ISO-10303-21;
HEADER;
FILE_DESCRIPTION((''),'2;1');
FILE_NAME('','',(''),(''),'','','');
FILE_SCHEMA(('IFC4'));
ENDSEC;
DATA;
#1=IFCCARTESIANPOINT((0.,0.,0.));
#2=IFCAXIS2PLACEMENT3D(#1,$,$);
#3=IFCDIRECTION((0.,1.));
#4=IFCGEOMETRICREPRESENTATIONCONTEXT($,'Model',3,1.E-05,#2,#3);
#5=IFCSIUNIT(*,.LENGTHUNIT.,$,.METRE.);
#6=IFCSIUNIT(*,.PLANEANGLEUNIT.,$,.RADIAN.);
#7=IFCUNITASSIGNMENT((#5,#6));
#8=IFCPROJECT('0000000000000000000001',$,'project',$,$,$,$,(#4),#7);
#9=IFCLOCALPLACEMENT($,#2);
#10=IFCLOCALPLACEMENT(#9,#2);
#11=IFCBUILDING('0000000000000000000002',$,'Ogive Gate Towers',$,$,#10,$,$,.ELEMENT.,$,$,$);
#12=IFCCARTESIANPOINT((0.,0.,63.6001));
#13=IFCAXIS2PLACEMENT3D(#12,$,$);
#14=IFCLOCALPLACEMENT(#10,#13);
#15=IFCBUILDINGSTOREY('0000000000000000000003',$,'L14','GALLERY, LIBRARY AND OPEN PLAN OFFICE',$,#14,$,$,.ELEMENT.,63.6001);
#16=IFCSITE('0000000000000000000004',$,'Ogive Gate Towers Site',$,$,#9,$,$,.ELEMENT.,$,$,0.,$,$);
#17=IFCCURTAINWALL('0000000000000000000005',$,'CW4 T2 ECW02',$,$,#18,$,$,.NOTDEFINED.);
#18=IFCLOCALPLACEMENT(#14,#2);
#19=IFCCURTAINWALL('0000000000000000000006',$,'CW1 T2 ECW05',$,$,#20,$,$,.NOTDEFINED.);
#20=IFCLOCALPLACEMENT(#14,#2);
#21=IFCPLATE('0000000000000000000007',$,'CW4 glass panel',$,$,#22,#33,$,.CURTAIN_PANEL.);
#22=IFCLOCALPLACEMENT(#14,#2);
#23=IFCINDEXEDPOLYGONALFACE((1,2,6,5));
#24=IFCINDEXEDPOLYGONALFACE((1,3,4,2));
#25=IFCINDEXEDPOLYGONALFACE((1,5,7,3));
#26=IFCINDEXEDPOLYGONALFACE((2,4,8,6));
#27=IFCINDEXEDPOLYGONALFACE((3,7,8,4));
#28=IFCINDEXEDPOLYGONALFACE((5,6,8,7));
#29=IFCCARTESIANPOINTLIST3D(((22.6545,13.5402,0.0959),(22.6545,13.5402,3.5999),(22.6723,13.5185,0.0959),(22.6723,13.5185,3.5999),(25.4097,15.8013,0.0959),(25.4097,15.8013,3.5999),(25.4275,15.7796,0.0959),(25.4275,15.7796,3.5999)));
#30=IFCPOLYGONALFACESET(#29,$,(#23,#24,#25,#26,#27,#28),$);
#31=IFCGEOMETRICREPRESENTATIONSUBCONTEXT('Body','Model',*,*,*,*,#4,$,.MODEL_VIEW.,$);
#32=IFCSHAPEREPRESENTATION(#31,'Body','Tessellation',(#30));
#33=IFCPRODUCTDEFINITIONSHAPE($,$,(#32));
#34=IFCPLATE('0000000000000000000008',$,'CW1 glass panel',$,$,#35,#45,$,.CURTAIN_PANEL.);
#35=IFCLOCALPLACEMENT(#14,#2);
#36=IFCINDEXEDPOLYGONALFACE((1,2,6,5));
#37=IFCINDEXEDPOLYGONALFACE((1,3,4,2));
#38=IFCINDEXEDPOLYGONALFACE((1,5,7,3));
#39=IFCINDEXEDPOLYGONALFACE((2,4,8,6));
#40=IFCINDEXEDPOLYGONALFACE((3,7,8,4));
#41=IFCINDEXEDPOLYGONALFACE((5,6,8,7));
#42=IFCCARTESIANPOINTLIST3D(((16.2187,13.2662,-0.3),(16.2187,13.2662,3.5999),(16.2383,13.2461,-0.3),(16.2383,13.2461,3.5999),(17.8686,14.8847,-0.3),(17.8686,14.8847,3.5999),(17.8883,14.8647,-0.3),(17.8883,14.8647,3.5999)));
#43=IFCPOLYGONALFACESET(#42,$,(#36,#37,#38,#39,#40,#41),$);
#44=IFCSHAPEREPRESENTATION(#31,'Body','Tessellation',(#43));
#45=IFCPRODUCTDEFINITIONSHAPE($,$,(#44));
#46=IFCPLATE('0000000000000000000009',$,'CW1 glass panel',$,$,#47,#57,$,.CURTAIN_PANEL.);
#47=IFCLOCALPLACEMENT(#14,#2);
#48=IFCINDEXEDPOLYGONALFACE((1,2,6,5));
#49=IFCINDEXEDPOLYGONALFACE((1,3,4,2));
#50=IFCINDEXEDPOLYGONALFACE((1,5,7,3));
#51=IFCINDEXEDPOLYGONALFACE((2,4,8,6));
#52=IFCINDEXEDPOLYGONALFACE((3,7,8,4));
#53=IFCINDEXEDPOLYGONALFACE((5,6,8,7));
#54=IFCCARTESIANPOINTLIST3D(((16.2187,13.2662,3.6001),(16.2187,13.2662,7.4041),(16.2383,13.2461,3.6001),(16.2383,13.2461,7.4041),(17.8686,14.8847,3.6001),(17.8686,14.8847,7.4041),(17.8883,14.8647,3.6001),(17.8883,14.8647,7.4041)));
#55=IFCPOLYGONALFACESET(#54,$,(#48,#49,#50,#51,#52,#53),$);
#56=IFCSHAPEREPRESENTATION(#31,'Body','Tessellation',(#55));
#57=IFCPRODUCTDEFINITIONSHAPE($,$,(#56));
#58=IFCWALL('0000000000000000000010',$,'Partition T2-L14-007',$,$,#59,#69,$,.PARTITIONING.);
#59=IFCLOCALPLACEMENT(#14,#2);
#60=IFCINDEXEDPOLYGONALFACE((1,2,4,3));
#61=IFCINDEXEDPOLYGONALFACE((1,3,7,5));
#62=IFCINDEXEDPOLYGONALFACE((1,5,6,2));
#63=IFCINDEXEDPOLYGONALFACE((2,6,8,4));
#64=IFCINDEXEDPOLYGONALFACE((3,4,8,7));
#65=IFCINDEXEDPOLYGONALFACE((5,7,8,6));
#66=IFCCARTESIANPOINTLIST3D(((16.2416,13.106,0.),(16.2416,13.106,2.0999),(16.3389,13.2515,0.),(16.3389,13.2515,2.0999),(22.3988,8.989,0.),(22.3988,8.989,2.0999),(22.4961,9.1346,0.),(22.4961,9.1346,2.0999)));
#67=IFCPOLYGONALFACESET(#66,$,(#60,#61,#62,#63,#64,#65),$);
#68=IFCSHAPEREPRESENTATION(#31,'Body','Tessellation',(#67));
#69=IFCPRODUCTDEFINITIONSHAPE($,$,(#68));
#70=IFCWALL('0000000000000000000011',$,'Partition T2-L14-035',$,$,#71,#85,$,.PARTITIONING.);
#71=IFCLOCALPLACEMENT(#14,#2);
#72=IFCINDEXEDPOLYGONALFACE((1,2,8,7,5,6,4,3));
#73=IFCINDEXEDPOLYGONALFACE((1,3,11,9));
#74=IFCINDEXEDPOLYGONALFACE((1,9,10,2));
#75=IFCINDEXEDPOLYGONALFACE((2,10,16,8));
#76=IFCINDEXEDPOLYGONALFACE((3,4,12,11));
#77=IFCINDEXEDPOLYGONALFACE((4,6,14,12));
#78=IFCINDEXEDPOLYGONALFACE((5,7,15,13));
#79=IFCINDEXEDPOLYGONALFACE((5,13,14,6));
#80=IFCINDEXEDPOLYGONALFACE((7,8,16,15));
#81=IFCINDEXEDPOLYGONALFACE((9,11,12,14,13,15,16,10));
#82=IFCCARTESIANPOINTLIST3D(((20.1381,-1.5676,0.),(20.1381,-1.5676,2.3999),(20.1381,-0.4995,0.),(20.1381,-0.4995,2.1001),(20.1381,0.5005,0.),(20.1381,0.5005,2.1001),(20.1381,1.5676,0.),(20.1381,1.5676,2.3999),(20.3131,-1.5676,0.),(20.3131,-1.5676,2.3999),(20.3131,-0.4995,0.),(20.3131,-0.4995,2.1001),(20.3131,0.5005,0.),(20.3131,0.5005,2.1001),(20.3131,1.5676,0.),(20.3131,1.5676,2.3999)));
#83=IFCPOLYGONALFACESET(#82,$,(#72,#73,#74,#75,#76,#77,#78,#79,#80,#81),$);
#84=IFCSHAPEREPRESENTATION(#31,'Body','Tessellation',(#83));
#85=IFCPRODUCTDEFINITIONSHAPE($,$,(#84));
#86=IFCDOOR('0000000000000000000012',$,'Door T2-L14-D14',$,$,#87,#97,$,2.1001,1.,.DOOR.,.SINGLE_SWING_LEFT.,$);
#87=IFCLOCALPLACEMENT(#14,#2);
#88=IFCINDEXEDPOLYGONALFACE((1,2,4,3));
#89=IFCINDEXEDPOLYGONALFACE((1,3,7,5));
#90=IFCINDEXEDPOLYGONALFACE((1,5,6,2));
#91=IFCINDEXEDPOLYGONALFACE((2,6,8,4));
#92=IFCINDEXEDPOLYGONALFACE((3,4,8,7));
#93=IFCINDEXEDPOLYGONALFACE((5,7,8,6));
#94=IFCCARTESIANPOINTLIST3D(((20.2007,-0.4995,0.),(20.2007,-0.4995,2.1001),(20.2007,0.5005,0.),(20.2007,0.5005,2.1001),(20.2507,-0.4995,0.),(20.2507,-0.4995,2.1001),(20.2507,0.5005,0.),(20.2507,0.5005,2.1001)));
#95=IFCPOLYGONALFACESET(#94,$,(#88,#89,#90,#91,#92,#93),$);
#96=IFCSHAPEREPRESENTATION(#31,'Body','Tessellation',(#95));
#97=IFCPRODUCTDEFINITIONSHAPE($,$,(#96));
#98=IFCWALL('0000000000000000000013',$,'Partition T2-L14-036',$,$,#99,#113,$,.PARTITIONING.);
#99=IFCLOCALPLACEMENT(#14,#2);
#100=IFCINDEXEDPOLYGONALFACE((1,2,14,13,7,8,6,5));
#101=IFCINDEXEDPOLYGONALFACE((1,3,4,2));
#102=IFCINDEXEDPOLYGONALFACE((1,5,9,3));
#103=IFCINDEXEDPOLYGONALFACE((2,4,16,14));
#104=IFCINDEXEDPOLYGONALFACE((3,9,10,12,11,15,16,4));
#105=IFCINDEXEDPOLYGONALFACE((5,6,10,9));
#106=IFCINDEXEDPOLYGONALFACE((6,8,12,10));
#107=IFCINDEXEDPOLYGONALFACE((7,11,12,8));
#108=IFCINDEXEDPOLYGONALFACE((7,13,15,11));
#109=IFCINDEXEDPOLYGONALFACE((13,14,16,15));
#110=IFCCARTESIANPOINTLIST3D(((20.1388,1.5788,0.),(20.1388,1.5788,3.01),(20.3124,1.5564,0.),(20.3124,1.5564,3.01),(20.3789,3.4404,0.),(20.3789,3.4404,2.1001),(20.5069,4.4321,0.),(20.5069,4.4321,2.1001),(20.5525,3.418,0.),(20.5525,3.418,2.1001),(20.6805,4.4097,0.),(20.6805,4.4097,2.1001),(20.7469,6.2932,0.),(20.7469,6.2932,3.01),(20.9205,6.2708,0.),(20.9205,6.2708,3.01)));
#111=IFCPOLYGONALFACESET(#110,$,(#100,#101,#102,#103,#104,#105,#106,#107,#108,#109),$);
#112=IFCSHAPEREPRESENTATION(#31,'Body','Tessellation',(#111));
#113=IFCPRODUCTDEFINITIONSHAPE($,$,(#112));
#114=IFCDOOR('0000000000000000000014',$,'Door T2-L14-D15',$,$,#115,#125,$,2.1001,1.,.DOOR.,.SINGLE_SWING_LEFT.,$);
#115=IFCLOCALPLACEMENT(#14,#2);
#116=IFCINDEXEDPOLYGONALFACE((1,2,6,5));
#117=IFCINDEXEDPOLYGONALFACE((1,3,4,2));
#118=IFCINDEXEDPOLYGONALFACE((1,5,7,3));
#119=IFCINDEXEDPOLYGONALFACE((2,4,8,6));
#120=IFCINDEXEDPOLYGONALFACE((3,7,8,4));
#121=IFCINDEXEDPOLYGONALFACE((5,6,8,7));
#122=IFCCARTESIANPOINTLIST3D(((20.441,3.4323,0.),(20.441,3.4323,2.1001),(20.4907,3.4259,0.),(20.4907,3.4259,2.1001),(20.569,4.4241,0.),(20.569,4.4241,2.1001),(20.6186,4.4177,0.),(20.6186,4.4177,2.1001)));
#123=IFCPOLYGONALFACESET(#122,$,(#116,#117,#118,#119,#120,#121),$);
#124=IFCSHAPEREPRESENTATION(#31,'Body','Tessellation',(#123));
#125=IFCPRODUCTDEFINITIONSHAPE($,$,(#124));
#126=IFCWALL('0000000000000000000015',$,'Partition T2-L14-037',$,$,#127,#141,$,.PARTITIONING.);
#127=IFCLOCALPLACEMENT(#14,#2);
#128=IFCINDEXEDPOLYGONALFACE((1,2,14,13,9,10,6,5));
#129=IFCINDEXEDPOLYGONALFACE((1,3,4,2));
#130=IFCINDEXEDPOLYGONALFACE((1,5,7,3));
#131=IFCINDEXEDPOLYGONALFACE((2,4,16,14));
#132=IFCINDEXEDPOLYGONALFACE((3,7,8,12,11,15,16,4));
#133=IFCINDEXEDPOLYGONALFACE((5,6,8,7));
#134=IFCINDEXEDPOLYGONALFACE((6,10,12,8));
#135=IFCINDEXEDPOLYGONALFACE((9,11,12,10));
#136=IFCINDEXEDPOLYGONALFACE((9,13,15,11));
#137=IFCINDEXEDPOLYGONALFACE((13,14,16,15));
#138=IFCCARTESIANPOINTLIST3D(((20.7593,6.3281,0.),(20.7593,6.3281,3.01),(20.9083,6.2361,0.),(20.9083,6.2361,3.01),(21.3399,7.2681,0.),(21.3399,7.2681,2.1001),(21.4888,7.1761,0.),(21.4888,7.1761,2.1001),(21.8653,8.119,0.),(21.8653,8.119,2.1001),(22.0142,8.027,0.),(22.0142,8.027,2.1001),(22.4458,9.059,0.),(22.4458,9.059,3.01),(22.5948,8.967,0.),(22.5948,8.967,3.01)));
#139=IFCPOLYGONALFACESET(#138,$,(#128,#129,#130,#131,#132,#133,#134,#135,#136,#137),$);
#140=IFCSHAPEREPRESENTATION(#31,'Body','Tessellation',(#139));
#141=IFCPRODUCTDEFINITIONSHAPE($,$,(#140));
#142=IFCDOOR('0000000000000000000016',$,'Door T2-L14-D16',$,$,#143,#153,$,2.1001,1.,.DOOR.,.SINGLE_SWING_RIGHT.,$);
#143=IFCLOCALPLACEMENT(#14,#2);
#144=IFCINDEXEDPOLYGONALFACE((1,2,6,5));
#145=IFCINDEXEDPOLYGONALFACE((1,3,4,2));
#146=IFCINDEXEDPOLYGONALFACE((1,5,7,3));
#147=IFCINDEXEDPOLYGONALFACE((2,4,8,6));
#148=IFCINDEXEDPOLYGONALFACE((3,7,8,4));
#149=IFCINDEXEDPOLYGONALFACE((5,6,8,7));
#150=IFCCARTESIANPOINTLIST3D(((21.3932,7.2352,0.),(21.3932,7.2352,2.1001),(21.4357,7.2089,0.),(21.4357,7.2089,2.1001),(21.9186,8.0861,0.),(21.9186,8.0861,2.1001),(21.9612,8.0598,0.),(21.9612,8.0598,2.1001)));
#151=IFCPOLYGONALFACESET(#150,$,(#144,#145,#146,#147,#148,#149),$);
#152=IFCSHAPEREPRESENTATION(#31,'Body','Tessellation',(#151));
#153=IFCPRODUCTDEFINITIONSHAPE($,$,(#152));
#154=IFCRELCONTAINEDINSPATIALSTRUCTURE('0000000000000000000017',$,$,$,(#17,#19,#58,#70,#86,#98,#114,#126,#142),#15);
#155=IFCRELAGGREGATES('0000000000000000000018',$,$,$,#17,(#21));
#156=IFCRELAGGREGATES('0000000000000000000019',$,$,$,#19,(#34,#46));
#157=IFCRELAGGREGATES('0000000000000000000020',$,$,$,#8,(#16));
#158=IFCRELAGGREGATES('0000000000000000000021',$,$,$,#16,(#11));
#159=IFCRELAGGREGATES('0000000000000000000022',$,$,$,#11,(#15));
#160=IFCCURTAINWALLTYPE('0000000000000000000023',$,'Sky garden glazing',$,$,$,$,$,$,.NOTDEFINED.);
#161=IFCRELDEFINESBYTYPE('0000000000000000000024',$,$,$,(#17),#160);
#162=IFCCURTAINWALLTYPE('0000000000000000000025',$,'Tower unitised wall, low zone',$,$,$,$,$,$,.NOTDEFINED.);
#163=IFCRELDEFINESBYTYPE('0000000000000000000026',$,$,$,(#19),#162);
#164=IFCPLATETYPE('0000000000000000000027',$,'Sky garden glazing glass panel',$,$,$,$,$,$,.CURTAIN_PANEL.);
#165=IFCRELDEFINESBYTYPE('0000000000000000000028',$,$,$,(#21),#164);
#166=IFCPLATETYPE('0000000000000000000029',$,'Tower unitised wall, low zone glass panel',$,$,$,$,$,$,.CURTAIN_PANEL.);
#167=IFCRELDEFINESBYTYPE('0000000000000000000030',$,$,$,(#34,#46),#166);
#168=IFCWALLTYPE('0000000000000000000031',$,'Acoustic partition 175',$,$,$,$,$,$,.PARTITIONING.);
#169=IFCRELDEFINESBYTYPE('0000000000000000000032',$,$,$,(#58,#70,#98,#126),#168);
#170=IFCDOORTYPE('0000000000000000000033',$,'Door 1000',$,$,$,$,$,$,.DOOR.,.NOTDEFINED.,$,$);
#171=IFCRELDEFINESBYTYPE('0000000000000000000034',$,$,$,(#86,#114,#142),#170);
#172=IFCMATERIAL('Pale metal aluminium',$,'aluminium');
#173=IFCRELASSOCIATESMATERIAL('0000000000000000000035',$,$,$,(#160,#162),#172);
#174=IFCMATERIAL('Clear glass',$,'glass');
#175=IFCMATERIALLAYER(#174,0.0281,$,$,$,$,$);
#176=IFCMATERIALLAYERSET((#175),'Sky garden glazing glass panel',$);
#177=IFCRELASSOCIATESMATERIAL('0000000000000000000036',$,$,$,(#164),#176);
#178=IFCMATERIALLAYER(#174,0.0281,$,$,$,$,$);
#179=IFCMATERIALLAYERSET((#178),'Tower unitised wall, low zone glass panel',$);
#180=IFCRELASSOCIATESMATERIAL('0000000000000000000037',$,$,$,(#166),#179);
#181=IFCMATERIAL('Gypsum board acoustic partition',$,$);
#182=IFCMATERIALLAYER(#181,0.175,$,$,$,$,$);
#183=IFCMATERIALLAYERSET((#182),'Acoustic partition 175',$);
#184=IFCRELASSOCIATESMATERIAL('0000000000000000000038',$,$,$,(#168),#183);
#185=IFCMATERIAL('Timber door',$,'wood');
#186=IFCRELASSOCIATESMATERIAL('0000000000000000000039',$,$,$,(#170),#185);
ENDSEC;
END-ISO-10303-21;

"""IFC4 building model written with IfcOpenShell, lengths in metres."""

from ifc_helpers import new_model, si_unit, direction, frame, frame_2d, origin, origin_2d, place, context, subcontext, project, spatial, rectangle, extrude, material, layer, layer_set, type_object, element, fill, aggregate, save


model = new_model("IFC4")

# Units and contexts
model_context = context("Model", 3, precision=1e-05, world=origin(), true_north=direction((0.0, 1.0)))
body_context = subcontext(model_context, "Body", "Model", "MODEL_VIEW")
ifc_project = project(units=[si_unit("LENGTHUNIT", "METRE"), si_unit("PLANEANGLEUNIT", "RADIAN")], contexts=[model_context])

# Site, building, storey
site_placement = place(None, origin())
site = spatial("IfcSite", under=ifc_project, at=site_placement, Name="Ogive Gate Towers Site", CompositionType="ELEMENT", RefElevation=0.0)
building_placement = place(site_placement, origin())
building = spatial("IfcBuilding", under=site, at=building_placement, Name="Ogive Gate Towers", CompositionType="ELEMENT")
storey_placement = place(building_placement, frame((0.0, 0.0, 63.6001)))
storey = spatial("IfcBuildingStorey", under=building, at=storey_placement, Name="L14", Description="GALLERY, LIBRARY AND OPEN PLAN OFFICE", CompositionType="ELEMENT", Elevation=63.6001)

# Curtain walls
ifc_material_1 = material(Name="Pale metal aluminium", Category="aluminium")
curtain_wall_type_1 = type_object("IfcCurtainWallType", Name="Sky garden glazing", PredefinedType="NOTDEFINED", material=ifc_material_1)
curtain_wall_1_placement = place(storey_placement, origin())
curtain_wall_1 = element("IfcCurtainWall", 1, at=curtain_wall_1_placement, inside=storey, type_object=curtain_wall_type_1, Name="CW4 T2 ECW02", PredefinedType="NOTDEFINED")
curtain_wall_type_2 = type_object("IfcCurtainWallType", Name="Tower unitised wall, low zone", PredefinedType="NOTDEFINED", material=ifc_material_1)
curtain_wall_2_placement = place(storey_placement, origin())
curtain_wall_2 = element("IfcCurtainWall", 2, at=curtain_wall_2_placement, inside=storey, type_object=curtain_wall_type_2, Name="CW1 T2 ECW05", PredefinedType="NOTDEFINED")

# Plates
ifc_material_2 = material(Name="Clear glass", Category="glass")
ifc_layer_1 = layer(ifc_material_2, 0.0281)
ifc_layer_set_1 = layer_set([ifc_layer_1], Name="Sky garden glazing glass panel")
plate_type_1 = type_object("IfcPlateType", Name="Sky garden glazing glass panel", PredefinedType="CURTAIN_PANEL", material=ifc_layer_set_1)
plate_1_placement = place(storey_placement, frame((24.041, 14.6599, 0.0959), z_axis=(0.0, 0.0, 1.0), x_axis=(0.773022, 0.63438, 0.0)))
plate_1 = element("IfcPlate", 3, at=plate_1_placement, type_object=plate_type_1, Name="CW4 glass panel", PredefinedType="CURTAIN_PANEL", context=body_context, shape_type="SweptSolid", body=[
    extrude(rectangle(XDim=3.5642, YDim=0.0281, at=origin_2d()), origin(), (0.0, 0.0, 1.0), 3.5039),
])
aggregate(curtain_wall_1, [plate_1])
ifc_layer_2 = layer(ifc_material_2, 0.0281)
ifc_layer_set_2 = layer_set([ifc_layer_2], Name="Tower unitised wall, low zone glass panel")
plate_type_2 = type_object("IfcPlateType", Name="Tower unitised wall, low zone glass panel", PredefinedType="CURTAIN_PANEL", material=ifc_layer_set_2)
plate_2_placement = place(storey_placement, frame((17.0535, 14.0654, -0.3), z_axis=(0.0, 0.0, 1.0), x_axis=(0.713874, 0.700274, 0.0)))
plate_2 = element("IfcPlate", 4, at=plate_2_placement, type_object=plate_type_2, Name="CW1 glass panel", PredefinedType="CURTAIN_PANEL", context=body_context, shape_type="SweptSolid", body=[
    extrude(rectangle(XDim=2.3113, YDim=0.0281, at=origin_2d()), origin(), (0.0, 0.0, 1.0), 3.8999),
])
plate_3_placement = place(storey_placement, frame((17.0535, 14.0654, 3.6001), z_axis=(0.0, 0.0, 1.0), x_axis=(0.713874, 0.700274, 0.0)))
plate_3 = element("IfcPlate", 5, at=plate_3_placement, type_object=plate_type_2, Name="CW1 glass panel", PredefinedType="CURTAIN_PANEL", context=body_context, shape_type="SweptSolid", body=[
    extrude(rectangle(XDim=2.3113, YDim=0.0281, at=origin_2d()), origin(), (0.0, 0.0, 1.0), 3.804),
])
aggregate(curtain_wall_2, [plate_2, plate_3])

# Wall
ifc_material_3 = material(Name="Gypsum board acoustic partition")
ifc_layer_3 = layer(ifc_material_3, 0.175)
ifc_layer_set_3 = layer_set([ifc_layer_3], Name="Acoustic partition 175")
wall_type_1 = type_object("IfcWallType", Name="Acoustic partition 175", PredefinedType="PARTITIONING", material=ifc_layer_set_3)
wall_1_placement = place(storey_placement, frame((16.2903, 13.1787, 0.0), z_axis=(0.0, 0.0, 1.0), x_axis=(0.831294, -0.555833, 0.0)))
element("IfcWall", 6, at=wall_1_placement, inside=storey, type_object=wall_type_1, Name="Partition T2-L14-007", PredefinedType="PARTITIONING", context=body_context, shape_type="SweptSolid", body=[
    extrude(rectangle(XDim=7.4067, YDim=0.175, at=frame_2d((3.7034, 0.0))), origin(), (0.0, 0.0, 1.0), 2.0999),
])

# Walls, openings, doors
wall_2_placement = place(storey_placement, frame((20.2256, -1.5676, 0.0), z_axis=(0.0, 0.0, 1.0), x_axis=(0.0, 1.0, 0.0)))
wall_2 = element("IfcWall", 7, at=wall_2_placement, inside=storey, type_object=wall_type_1, Name="Partition T2-L14-035", PredefinedType="PARTITIONING", context=body_context, shape_type="SweptSolid", body=[
    extrude(rectangle(XDim=3.1353, YDim=0.175, at=frame_2d((1.5676, 0.0))), origin(), (0.0, 0.0, 1.0), 2.3999),
])
opening_1_placement = place(wall_2_placement, frame((1.0681, 0.0, 0.0)))
opening_1 = element("IfcOpeningElement", 8, at=opening_1_placement, cuts=wall_2, PredefinedType="OPENING", context=body_context, shape_type="SweptSolid", body=[
    extrude(rectangle(XDim=1.0, YDim=2.1001, at=frame_2d((0.5, 1.05))), frame((0.0, 0.0977, 0.0), z_axis=(0.0, -1.0, 0.0), x_axis=(1.0, 0.0, 0.0)), (0.0, 0.0, 1.0), 0.1951),
])
ifc_material_4 = material(Name="Timber door", Category="wood")
door_type_1 = type_object("IfcDoorType", Name="Door 1000", OperationType="NOTDEFINED", PredefinedType="DOOR", material=ifc_material_4)
door_1_placement = place(opening_1_placement, origin())
door_1 = element("IfcDoor", 9, at=door_1_placement, inside=storey, type_object=door_type_1, Name="Door T2-L14-D14", OperationType="SINGLE_SWING_LEFT", OverallHeight=2.1001, OverallWidth=1.0, PredefinedType="DOOR", context=body_context, shape_type="SweptSolid", body=[
    extrude(rectangle(XDim=1.0, YDim=2.1001, at=frame_2d((0.5, 1.05))), frame((0.0, 0.0249, 0.0), z_axis=(0.0, -1.0, 0.0), x_axis=(1.0, 0.0, 0.0)), (0.0, 0.0, 1.0), 0.05),
])
fill(opening_1, door_1)
wall_3_placement = place(storey_placement, frame((20.2256, 1.5676, 0.0), z_axis=(0.0, 0.0, 1.0), x_axis=(0.12794, 0.991782, 0.0)))
wall_3 = element("IfcWall", 10, at=wall_3_placement, inside=storey, type_object=wall_type_1, Name="Partition T2-L14-036", PredefinedType="PARTITIONING", context=body_context, shape_type="SweptSolid", body=[
    extrude(rectangle(XDim=4.7534, YDim=0.175, at=frame_2d((2.3767, 0.0))), origin(), (0.0, 0.0, 1.0), 3.01),
])
opening_2_placement = place(wall_3_placement, frame((1.877, 0.0, 0.0)))
opening_2 = element("IfcOpeningElement", 11, at=opening_2_placement, cuts=wall_3, PredefinedType="OPENING", context=body_context, shape_type="SweptSolid", body=[
    extrude(rectangle(XDim=1.0, YDim=2.1001, at=frame_2d((0.5, 1.05))), frame((0.0, 0.0977, 0.0), z_axis=(0.0, -1.0, 0.0), x_axis=(1.0, 0.0, 0.0)), (0.0, 0.0, 1.0), 0.1951),
])
door_2_placement = place(opening_2_placement, origin())
door_2 = element("IfcDoor", 12, at=door_2_placement, inside=storey, type_object=door_type_1, Name="Door T2-L14-D15", OperationType="SINGLE_SWING_LEFT", OverallHeight=2.1001, OverallWidth=1.0, PredefinedType="DOOR", context=body_context, shape_type="SweptSolid", body=[
    extrude(rectangle(XDim=1.0, YDim=2.1001, at=frame_2d((0.5, 1.05))), frame((0.0, 0.0249, 0.0), z_axis=(0.0, -1.0, 0.0), x_axis=(1.0, 0.0, 0.0)), (0.0, 0.0, 1.0), 0.05),
])
fill(opening_2, door_2)
wall_4_placement = place(storey_placement, frame((20.8337, 6.282, 0.0), z_axis=(0.0, 0.0, 1.0), x_axis=(0.525438, 0.850832, 0.0)))
wall_4 = element("IfcWall", 13, at=wall_4_placement, inside=storey, type_object=wall_type_1, Name="Partition T2-L14-037", PredefinedType="PARTITIONING", context=body_context, shape_type="SweptSolid", body=[
    extrude(rectangle(XDim=3.2097, YDim=0.175, at=frame_2d((1.605, 0.0))), origin(), (0.0, 0.0, 1.0), 3.01),
])
opening_3_placement = place(wall_4_placement, frame((1.105, 0.0, 0.0)))
opening_3 = element("IfcOpeningElement", 14, at=opening_3_placement, cuts=wall_4, PredefinedType="OPENING", context=body_context, shape_type="SweptSolid", body=[
    extrude(rectangle(XDim=1.0, YDim=2.1001, at=frame_2d((0.5, 1.05))), frame((0.0, 0.0977, 0.0), z_axis=(0.0, -1.0, 0.0), x_axis=(1.0, 0.0, 0.0)), (0.0, 0.0, 1.0), 0.1951),
])
door_3_placement = place(opening_3_placement, origin())
door_3 = element("IfcDoor", 15, at=door_3_placement, inside=storey, type_object=door_type_1, Name="Door T2-L14-D16", OperationType="SINGLE_SWING_RIGHT", OverallHeight=2.1001, OverallWidth=1.0, PredefinedType="DOOR", context=body_context, shape_type="SweptSolid", body=[
    extrude(rectangle(XDim=1.0, YDim=2.1001, at=frame_2d((0.5, 1.05))), frame((0.0, 0.0249, 0.0), z_axis=(0.0, -1.0, 0.0), x_axis=(1.0, 0.0, 0.0)), (0.0, 0.0, 1.0), 0.05),
])
fill(opening_3, door_3)

save(model, "model.ifc")
